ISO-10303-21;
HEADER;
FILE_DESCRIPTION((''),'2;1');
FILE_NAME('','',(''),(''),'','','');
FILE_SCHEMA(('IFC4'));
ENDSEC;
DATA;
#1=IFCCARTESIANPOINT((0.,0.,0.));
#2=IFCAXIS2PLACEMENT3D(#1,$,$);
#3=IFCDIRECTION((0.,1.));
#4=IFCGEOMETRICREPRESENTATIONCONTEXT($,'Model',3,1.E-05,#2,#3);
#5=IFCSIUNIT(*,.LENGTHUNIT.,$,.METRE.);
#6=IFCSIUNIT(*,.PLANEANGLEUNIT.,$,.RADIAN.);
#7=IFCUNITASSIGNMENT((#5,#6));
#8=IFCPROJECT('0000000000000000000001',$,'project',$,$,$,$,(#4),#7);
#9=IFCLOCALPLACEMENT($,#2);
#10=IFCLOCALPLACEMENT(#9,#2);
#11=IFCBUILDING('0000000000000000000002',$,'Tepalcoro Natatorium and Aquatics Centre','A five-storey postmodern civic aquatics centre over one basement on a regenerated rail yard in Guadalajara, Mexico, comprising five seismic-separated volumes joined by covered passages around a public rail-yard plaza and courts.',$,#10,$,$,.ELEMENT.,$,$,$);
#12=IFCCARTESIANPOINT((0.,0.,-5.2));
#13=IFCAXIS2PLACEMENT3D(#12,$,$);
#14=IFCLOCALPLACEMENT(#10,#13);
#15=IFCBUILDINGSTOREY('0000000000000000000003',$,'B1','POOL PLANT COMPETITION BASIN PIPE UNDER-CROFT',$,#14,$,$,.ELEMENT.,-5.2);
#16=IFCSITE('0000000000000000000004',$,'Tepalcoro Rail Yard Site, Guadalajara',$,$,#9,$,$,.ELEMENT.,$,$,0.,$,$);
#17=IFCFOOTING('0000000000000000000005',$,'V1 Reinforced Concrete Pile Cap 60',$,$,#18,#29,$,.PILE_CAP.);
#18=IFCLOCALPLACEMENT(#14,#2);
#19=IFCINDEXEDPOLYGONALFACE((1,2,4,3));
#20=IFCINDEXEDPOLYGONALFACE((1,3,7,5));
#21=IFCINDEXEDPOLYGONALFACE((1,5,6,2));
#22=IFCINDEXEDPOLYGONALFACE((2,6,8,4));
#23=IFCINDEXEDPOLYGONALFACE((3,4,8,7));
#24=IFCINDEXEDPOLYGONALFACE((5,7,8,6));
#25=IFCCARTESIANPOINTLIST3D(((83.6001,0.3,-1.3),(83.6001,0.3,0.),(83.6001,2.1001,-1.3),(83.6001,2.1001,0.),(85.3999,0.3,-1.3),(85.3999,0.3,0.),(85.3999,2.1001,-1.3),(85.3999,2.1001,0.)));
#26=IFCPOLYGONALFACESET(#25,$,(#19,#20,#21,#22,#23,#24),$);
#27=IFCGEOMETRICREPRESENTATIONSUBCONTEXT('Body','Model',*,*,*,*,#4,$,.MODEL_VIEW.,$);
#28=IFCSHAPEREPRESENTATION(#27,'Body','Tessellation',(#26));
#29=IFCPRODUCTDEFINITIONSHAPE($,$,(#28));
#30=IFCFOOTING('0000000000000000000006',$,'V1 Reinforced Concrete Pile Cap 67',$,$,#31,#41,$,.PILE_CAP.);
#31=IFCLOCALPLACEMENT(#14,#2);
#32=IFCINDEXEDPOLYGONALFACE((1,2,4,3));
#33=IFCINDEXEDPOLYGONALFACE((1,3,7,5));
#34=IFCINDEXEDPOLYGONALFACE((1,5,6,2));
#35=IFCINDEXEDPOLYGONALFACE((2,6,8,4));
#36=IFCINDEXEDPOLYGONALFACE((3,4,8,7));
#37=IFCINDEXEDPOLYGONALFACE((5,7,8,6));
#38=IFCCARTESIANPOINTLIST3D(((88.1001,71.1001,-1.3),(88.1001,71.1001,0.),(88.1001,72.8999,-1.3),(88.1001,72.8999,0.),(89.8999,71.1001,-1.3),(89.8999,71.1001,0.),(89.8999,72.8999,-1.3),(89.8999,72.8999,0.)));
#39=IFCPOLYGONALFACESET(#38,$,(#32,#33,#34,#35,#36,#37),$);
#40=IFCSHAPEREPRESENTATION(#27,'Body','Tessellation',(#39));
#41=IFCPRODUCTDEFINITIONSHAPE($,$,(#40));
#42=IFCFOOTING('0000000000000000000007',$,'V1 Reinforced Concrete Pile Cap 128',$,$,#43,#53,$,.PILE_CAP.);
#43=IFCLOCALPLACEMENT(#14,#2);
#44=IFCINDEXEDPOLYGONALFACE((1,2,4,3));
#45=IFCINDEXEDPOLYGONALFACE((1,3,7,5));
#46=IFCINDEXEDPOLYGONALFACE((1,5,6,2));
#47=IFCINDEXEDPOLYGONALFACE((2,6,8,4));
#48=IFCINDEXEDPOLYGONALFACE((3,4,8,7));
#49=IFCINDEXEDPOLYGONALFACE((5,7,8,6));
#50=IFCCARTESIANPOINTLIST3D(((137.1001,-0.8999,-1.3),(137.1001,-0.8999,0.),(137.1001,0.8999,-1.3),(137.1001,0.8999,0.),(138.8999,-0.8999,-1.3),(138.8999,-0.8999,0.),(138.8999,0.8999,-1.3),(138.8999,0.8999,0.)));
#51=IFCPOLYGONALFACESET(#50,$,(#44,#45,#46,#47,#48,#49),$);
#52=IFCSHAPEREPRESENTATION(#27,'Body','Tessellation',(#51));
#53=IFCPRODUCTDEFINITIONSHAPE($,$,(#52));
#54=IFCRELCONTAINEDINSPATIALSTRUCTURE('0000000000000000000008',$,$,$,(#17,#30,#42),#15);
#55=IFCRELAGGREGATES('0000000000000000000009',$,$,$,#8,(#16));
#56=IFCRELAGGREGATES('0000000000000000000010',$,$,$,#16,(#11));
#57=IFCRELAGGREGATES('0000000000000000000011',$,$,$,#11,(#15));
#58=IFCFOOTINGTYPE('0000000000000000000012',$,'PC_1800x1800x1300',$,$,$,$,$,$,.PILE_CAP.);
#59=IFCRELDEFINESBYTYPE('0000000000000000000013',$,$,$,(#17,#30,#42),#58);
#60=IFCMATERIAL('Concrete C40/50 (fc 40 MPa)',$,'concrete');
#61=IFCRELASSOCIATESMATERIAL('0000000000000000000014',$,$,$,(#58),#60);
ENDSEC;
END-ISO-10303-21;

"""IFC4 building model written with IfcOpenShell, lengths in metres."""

from ifc_helpers import new_model, si_unit, direction, frame, origin, place, context, subcontext, project, spatial, polyline, outline, extrude, material, type_object, element, save


model = new_model("IFC4")

# Units and contexts
model_context = context("Model", 3, precision=1e-05, world=origin(), true_north=direction((0.0, 1.0)))
body_context = subcontext(model_context, "Body", "Model", "MODEL_VIEW")
ifc_project = project(units=[si_unit("LENGTHUNIT", "METRE"), si_unit("PLANEANGLEUNIT", "RADIAN")], contexts=[model_context])

# Site, building, storey
site_placement = place(None, origin())
site = spatial("IfcSite", under=ifc_project, at=site_placement, Name="Tepalcoro Rail Yard Site, Guadalajara", CompositionType="ELEMENT", RefElevation=0.0)
building_placement = place(site_placement, origin())
building = spatial("IfcBuilding", under=site, at=building_placement, Name="Tepalcoro Natatorium and Aquatics Centre", Description="A five-storey postmodern civic aquatics centre over one basement on a regenerated rail yard in Guadalajara, Mexico, comprising five seismic-separated volumes joined by covered passages around a public rail-yard plaza and courts.", CompositionType="ELEMENT")
storey_placement = place(building_placement, frame((0.0, 0.0, -5.2)))
storey = spatial("IfcBuildingStorey", under=building, at=storey_placement, Name="B1", Description="POOL PLANT COMPETITION BASIN PIPE UNDER-CROFT", CompositionType="ELEMENT", Elevation=-5.2)

# Footings
ifc_material = material(Name="Concrete C40/50 (fc 40 MPa)", Category="concrete")
footing_type_1 = type_object("IfcFootingType", Name="PC_1800x1800x1300", PredefinedType="PILE_CAP", material=ifc_material)
footing_1_placement = place(storey_placement, frame((0.0, 0.0, -1.3)))
element("IfcFooting", 1, at=footing_1_placement, inside=storey, type_object=footing_type_1, Name="V1 Reinforced Concrete Pile Cap 60", PredefinedType="PILE_CAP", context=body_context, shape_type="SweptSolid", body=[
    extrude(outline(polyline([(83.6001, 0.3), (85.3999, 0.3), (85.3999, 2.1001), (83.6001, 2.1001), (83.6001, 0.3)])), origin(), (0.0, 0.0, 1.0), 1.3),
])
footing_2_placement = place(storey_placement, frame((0.0, 0.0, -1.3)))
element("IfcFooting", 2, at=footing_2_placement, inside=storey, type_object=footing_type_1, Name="V1 Reinforced Concrete Pile Cap 67", PredefinedType="PILE_CAP", context=body_context, shape_type="SweptSolid", body=[
    extrude(outline(polyline([(88.1001, 71.1001), (89.8999, 71.1001), (89.8999, 72.8999), (88.1001, 72.8999), (88.1001, 71.1001)])), origin(), (0.0, 0.0, 1.0), 1.3),
])
footing_3_placement = place(storey_placement, frame((0.0, 0.0, -1.3)))
element("IfcFooting", 3, at=footing_3_placement, inside=storey, type_object=footing_type_1, Name="V1 Reinforced Concrete Pile Cap 128", PredefinedType="PILE_CAP", context=body_context, shape_type="SweptSolid", body=[
    extrude(outline(polyline([(137.1001, -0.8999), (138.8999, -0.8999), (138.8999, 0.8999), (137.1001, 0.8999), (137.1001, -0.8999)])), origin(), (0.0, 0.0, 1.0), 1.3),
])

save(model, "model.ifc")
